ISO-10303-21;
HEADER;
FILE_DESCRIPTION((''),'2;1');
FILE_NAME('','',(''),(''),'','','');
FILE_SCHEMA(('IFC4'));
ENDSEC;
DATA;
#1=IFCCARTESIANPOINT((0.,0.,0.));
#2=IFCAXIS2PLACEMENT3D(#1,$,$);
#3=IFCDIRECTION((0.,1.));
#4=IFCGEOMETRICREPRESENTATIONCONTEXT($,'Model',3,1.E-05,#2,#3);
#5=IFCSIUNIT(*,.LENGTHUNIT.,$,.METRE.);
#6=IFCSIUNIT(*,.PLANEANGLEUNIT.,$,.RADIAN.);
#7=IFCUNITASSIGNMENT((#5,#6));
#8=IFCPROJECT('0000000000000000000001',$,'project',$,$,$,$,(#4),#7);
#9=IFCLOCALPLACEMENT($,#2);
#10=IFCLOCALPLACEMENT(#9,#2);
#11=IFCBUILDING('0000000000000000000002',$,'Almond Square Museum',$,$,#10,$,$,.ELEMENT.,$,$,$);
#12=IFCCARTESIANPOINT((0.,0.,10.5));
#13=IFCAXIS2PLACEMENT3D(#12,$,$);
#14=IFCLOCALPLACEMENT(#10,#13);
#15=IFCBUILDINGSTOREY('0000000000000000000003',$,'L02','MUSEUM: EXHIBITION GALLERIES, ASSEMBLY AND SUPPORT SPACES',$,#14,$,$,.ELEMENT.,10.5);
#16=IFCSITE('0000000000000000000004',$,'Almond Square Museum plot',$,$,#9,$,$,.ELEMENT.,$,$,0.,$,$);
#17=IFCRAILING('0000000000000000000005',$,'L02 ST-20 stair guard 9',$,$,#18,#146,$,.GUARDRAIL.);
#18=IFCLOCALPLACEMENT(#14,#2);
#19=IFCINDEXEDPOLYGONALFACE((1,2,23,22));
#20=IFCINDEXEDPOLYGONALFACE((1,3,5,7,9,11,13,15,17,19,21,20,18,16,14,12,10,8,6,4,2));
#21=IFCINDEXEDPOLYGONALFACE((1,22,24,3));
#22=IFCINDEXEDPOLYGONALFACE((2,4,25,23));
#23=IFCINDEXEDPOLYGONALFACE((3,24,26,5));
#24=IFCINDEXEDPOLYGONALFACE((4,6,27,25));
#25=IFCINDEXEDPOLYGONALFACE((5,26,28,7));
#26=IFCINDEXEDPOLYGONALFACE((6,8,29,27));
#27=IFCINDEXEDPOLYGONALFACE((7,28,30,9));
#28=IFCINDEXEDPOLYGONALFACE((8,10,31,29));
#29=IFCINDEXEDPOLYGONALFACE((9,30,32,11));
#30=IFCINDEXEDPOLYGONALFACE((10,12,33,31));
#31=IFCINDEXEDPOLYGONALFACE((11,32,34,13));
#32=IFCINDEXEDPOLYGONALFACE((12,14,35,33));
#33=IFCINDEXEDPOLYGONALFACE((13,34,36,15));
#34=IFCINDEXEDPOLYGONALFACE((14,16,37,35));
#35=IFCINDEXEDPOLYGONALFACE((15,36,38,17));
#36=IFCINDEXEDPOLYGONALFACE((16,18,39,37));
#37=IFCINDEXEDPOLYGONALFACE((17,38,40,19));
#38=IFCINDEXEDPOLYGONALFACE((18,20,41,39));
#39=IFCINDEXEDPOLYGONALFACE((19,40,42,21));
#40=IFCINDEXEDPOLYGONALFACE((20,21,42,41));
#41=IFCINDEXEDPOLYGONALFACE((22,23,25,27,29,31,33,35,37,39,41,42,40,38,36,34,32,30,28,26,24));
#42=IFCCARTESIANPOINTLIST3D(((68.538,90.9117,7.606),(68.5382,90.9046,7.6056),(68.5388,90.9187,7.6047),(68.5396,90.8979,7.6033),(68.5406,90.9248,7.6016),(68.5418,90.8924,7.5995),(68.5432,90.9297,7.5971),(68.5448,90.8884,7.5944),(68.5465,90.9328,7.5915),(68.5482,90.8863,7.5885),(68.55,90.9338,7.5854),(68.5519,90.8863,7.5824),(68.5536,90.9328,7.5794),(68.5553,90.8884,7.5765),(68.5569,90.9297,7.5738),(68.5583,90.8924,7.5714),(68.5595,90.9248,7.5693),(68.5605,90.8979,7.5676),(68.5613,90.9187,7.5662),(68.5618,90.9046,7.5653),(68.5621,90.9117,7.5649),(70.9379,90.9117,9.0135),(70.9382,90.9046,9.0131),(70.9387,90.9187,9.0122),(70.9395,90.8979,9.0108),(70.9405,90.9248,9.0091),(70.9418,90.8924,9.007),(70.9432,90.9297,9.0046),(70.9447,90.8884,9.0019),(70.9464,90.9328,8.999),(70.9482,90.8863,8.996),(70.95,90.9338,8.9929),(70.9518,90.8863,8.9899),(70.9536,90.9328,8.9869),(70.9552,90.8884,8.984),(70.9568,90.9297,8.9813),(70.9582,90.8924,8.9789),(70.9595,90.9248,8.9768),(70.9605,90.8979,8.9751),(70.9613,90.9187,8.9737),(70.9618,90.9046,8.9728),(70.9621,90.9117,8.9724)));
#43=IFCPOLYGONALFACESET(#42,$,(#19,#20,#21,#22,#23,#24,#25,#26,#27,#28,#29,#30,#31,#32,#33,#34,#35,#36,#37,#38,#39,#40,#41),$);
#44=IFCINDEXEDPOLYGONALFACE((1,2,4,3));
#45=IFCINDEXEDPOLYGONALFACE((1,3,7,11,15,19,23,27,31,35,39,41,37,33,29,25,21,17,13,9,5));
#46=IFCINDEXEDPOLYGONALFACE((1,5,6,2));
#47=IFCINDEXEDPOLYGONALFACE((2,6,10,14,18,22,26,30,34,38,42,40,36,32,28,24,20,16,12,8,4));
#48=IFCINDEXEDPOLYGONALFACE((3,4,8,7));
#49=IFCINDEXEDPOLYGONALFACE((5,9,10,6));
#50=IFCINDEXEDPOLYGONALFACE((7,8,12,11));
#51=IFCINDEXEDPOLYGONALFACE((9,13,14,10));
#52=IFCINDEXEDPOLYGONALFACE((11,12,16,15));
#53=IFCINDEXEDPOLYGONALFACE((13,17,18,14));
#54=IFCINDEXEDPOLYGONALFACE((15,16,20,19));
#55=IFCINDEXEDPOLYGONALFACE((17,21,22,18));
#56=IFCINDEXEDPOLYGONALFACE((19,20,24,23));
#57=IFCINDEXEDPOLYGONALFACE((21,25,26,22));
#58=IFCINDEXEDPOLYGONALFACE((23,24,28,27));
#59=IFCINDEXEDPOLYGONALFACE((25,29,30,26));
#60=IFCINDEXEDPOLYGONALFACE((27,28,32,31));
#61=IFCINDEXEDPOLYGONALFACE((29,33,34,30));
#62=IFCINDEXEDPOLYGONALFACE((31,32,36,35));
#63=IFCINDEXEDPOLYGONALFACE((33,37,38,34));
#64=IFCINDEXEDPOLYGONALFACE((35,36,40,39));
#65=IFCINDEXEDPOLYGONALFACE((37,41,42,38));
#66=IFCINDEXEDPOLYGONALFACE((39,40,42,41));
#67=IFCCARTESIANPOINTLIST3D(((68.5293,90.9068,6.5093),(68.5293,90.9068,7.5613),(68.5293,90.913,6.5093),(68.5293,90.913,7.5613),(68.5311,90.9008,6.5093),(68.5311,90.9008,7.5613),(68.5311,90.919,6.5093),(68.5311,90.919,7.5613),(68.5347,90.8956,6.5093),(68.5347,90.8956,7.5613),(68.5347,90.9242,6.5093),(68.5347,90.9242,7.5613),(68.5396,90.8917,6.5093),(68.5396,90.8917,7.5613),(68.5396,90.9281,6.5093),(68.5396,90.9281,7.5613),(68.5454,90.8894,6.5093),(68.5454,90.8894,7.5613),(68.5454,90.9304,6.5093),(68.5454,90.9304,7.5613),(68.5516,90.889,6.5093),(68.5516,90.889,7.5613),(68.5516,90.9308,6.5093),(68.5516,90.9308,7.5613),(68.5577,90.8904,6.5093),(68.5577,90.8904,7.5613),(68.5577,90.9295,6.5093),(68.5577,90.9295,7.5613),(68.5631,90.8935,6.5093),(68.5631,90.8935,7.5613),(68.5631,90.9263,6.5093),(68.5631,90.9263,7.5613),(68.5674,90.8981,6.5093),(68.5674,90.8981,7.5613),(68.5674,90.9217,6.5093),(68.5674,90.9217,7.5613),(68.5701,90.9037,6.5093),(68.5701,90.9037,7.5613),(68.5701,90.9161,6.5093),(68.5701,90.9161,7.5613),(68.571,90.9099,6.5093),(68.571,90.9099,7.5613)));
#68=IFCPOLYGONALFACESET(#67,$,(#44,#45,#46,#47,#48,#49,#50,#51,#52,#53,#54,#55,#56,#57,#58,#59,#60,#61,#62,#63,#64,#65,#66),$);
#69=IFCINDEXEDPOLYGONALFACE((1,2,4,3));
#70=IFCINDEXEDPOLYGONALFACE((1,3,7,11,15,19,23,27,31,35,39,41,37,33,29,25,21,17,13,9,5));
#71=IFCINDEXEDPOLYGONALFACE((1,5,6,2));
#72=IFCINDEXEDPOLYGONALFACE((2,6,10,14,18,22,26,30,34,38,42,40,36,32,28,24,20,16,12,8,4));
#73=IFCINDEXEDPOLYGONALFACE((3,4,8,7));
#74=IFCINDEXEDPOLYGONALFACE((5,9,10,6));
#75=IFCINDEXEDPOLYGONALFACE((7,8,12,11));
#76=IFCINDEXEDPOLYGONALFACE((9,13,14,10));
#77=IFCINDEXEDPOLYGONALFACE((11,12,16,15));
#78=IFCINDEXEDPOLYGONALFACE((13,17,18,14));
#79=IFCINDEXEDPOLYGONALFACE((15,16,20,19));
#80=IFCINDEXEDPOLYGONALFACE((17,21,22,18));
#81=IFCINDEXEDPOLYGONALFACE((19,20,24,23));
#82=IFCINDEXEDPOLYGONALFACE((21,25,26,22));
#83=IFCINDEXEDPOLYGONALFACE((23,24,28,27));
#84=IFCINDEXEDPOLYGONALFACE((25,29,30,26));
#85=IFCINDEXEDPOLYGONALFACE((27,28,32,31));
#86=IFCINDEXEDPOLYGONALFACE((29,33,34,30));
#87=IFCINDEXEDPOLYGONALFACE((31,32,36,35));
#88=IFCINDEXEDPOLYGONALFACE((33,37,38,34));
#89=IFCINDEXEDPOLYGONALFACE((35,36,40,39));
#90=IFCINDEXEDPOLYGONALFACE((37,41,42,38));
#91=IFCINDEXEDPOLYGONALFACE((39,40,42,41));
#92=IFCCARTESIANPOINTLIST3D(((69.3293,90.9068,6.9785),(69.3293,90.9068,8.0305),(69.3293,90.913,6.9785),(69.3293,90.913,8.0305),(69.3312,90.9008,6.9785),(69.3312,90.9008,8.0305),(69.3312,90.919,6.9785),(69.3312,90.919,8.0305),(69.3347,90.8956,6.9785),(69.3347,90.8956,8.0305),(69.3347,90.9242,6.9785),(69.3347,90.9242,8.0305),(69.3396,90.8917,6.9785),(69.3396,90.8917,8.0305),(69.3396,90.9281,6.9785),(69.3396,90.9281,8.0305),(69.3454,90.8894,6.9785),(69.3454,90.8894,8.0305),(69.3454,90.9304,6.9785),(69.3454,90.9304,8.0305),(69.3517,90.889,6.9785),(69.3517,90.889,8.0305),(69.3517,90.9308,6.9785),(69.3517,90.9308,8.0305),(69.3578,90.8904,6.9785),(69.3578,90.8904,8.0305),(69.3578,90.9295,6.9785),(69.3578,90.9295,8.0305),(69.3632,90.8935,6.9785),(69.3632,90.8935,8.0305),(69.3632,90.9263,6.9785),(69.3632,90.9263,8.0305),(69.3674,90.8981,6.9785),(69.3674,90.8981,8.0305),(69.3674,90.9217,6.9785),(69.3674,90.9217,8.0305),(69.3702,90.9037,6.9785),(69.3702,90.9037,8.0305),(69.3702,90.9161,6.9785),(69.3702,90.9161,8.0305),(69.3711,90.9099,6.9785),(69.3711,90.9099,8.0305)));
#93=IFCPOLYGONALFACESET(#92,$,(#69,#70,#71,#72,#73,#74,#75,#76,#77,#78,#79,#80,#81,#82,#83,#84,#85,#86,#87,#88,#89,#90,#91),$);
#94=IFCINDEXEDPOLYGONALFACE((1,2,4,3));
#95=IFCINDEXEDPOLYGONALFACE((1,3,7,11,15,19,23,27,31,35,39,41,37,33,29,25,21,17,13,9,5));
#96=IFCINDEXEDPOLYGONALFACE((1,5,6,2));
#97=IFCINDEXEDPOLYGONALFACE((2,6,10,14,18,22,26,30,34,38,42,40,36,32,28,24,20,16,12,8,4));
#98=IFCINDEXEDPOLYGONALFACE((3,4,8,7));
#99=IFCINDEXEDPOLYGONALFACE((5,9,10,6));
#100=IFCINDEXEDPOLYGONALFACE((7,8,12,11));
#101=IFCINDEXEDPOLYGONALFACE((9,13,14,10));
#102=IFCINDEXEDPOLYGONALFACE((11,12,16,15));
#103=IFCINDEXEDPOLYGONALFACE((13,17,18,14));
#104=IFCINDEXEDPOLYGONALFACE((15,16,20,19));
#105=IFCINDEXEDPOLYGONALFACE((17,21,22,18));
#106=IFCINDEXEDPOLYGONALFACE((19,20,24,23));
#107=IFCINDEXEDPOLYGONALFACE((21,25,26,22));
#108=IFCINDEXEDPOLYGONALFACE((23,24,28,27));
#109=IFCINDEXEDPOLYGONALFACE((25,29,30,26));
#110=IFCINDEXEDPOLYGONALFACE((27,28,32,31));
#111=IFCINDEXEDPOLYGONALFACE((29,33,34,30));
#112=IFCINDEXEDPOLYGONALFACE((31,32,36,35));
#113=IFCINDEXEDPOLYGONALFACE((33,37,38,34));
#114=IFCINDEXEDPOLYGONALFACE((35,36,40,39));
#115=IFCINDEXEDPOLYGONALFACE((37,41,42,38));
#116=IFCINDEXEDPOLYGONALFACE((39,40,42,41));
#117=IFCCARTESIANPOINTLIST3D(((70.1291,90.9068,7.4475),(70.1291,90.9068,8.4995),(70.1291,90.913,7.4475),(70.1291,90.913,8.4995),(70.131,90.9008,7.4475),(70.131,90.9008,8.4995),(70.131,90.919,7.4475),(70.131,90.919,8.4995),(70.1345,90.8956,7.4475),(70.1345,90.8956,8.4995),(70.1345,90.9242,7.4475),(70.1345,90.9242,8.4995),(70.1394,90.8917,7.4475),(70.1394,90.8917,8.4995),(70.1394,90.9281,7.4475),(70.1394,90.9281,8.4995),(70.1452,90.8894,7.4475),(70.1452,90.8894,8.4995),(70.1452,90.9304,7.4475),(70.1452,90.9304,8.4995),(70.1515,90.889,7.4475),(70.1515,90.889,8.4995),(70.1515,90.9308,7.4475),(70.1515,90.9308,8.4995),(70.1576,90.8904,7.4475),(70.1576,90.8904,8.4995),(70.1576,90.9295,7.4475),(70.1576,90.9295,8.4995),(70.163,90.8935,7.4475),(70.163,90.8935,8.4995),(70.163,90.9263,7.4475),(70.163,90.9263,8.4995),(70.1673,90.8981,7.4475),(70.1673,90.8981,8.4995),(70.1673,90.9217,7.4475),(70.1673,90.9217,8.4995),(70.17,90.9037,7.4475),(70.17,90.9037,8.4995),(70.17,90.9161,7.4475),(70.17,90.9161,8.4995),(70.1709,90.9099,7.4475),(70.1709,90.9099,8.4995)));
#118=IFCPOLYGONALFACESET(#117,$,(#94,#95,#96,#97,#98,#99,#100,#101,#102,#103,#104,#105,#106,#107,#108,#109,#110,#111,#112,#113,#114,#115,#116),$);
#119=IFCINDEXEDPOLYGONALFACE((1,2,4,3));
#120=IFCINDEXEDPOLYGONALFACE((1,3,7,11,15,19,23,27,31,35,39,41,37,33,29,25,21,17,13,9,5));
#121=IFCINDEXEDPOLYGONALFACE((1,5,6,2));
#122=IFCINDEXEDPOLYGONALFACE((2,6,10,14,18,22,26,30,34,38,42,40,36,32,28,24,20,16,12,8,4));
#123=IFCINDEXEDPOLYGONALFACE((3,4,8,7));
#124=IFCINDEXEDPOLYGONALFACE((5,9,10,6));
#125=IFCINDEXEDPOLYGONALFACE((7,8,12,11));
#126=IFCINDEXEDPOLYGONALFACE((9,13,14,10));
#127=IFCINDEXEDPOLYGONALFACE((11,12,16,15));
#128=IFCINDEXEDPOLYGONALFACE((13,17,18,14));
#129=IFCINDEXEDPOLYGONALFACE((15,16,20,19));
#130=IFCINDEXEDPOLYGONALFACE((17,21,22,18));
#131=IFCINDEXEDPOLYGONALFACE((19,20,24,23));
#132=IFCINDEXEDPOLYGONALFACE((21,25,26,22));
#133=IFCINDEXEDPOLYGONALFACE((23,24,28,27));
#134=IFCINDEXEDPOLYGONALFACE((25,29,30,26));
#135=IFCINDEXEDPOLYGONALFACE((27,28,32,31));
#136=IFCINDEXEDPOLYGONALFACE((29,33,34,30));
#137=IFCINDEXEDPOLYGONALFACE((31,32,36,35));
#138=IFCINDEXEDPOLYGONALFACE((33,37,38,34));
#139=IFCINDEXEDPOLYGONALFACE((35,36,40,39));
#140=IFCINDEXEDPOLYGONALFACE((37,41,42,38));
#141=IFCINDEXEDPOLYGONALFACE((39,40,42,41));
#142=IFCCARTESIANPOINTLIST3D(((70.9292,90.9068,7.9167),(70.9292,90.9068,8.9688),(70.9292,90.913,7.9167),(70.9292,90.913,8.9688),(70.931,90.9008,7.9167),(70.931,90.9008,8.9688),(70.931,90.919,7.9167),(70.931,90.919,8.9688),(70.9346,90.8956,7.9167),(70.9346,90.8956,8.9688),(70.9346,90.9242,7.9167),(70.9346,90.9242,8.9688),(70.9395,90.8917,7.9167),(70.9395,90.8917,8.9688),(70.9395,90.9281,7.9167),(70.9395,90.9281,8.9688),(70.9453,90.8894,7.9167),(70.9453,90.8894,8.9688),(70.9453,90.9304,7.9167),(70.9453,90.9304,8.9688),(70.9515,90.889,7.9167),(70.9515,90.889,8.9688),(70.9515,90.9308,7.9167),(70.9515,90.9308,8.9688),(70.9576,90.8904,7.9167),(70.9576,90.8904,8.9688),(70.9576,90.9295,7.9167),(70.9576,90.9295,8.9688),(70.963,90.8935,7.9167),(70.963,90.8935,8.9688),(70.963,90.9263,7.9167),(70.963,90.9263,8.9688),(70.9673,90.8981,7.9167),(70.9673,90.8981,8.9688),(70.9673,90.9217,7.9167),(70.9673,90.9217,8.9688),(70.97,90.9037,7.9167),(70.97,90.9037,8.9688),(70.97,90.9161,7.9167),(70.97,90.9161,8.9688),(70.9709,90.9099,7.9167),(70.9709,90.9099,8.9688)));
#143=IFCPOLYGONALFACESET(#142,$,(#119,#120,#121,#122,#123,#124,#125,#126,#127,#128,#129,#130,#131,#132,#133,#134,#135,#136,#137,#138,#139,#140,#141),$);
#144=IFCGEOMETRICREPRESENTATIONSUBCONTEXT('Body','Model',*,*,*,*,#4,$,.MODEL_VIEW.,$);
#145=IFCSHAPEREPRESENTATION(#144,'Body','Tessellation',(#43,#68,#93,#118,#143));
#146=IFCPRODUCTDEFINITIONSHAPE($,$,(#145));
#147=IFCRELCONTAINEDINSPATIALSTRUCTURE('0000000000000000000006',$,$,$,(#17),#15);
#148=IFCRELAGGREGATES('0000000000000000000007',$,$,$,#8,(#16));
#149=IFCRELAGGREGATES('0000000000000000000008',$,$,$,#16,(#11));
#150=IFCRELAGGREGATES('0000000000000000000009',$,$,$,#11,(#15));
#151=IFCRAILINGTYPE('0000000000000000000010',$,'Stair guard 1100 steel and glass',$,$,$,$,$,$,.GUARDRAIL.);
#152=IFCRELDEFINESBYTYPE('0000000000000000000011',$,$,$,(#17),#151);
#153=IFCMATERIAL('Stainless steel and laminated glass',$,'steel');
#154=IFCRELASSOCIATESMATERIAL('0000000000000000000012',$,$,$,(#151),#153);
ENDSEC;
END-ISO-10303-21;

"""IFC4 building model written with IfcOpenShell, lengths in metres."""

from ifc_helpers import new_model, si_unit, direction, frame, origin, origin_2d, place, context, subcontext, project, spatial, circle, extrude, material, type_object, element, save


model = new_model("IFC4")

# Units and contexts
model_context = context("Model", 3, precision=1e-05, world=origin(), true_north=direction((0.0, 1.0)))
body_context = subcontext(model_context, "Body", "Model", "MODEL_VIEW")
ifc_project = project(units=[si_unit("LENGTHUNIT", "METRE"), si_unit("PLANEANGLEUNIT", "RADIAN")], contexts=[model_context])

# Site, building, storey
site_placement = place(None, origin())
site = spatial("IfcSite", under=ifc_project, at=site_placement, Name="Almond Square Museum plot", CompositionType="ELEMENT", RefElevation=0.0)
building_placement = place(site_placement, origin())
building = spatial("IfcBuilding", under=site, at=building_placement, Name="Almond Square Museum", CompositionType="ELEMENT")
storey_placement = place(building_placement, frame((0.0, 0.0, 10.5)))
storey = spatial("IfcBuildingStorey", under=building, at=storey_placement, Name="L02", Description="MUSEUM: EXHIBITION GALLERIES, ASSEMBLY AND SUPPORT SPACES", CompositionType="ELEMENT", Elevation=10.5)

# Railing
ifc_material_1 = material(Name="Stainless steel and laminated glass", Category="steel")
railing_type_1 = type_object("IfcRailingType", Name="Stair guard 1100 steel and glass", PredefinedType="GUARDRAIL", material=ifc_material_1)
railing_1_placement = place(storey_placement, frame((68.55, 90.9099, 6.5093)))
element("IfcRailing", 1, at=railing_1_placement, inside=storey, type_object=railing_type_1, Name="L02 ST-20 stair guard 9", PredefinedType="GUARDRAIL", context=body_context, shape_type="SweptSolid", body=[
    extrude(circle(Radius=0.0239, at=origin_2d()), frame((0.0, 0.0, 1.0762), z_axis=(0.862599, 0.0, 0.505888), x_axis=(0.0, 1.0, 0.0)), (0.0, 0.0, 1.0), 2.7822),
    extrude(circle(Radius=0.021, at=origin_2d()), origin(), (0.0, 0.0, 1.0), 1.052),
    extrude(circle(Radius=0.021, at=origin_2d()), frame((0.8, 0.0, 0.4692)), (0.0, 0.0, 1.0), 1.052),
    extrude(circle(Radius=0.021, at=origin_2d()), frame((1.5999, 0.0, 0.9382)), (0.0, 0.0, 1.0), 1.052),
    extrude(circle(Radius=0.021, at=origin_2d()), frame((2.3999, 0.0, 1.4075)), (0.0, 0.0, 1.0), 1.052),
])

save(model, "model.ifc")
